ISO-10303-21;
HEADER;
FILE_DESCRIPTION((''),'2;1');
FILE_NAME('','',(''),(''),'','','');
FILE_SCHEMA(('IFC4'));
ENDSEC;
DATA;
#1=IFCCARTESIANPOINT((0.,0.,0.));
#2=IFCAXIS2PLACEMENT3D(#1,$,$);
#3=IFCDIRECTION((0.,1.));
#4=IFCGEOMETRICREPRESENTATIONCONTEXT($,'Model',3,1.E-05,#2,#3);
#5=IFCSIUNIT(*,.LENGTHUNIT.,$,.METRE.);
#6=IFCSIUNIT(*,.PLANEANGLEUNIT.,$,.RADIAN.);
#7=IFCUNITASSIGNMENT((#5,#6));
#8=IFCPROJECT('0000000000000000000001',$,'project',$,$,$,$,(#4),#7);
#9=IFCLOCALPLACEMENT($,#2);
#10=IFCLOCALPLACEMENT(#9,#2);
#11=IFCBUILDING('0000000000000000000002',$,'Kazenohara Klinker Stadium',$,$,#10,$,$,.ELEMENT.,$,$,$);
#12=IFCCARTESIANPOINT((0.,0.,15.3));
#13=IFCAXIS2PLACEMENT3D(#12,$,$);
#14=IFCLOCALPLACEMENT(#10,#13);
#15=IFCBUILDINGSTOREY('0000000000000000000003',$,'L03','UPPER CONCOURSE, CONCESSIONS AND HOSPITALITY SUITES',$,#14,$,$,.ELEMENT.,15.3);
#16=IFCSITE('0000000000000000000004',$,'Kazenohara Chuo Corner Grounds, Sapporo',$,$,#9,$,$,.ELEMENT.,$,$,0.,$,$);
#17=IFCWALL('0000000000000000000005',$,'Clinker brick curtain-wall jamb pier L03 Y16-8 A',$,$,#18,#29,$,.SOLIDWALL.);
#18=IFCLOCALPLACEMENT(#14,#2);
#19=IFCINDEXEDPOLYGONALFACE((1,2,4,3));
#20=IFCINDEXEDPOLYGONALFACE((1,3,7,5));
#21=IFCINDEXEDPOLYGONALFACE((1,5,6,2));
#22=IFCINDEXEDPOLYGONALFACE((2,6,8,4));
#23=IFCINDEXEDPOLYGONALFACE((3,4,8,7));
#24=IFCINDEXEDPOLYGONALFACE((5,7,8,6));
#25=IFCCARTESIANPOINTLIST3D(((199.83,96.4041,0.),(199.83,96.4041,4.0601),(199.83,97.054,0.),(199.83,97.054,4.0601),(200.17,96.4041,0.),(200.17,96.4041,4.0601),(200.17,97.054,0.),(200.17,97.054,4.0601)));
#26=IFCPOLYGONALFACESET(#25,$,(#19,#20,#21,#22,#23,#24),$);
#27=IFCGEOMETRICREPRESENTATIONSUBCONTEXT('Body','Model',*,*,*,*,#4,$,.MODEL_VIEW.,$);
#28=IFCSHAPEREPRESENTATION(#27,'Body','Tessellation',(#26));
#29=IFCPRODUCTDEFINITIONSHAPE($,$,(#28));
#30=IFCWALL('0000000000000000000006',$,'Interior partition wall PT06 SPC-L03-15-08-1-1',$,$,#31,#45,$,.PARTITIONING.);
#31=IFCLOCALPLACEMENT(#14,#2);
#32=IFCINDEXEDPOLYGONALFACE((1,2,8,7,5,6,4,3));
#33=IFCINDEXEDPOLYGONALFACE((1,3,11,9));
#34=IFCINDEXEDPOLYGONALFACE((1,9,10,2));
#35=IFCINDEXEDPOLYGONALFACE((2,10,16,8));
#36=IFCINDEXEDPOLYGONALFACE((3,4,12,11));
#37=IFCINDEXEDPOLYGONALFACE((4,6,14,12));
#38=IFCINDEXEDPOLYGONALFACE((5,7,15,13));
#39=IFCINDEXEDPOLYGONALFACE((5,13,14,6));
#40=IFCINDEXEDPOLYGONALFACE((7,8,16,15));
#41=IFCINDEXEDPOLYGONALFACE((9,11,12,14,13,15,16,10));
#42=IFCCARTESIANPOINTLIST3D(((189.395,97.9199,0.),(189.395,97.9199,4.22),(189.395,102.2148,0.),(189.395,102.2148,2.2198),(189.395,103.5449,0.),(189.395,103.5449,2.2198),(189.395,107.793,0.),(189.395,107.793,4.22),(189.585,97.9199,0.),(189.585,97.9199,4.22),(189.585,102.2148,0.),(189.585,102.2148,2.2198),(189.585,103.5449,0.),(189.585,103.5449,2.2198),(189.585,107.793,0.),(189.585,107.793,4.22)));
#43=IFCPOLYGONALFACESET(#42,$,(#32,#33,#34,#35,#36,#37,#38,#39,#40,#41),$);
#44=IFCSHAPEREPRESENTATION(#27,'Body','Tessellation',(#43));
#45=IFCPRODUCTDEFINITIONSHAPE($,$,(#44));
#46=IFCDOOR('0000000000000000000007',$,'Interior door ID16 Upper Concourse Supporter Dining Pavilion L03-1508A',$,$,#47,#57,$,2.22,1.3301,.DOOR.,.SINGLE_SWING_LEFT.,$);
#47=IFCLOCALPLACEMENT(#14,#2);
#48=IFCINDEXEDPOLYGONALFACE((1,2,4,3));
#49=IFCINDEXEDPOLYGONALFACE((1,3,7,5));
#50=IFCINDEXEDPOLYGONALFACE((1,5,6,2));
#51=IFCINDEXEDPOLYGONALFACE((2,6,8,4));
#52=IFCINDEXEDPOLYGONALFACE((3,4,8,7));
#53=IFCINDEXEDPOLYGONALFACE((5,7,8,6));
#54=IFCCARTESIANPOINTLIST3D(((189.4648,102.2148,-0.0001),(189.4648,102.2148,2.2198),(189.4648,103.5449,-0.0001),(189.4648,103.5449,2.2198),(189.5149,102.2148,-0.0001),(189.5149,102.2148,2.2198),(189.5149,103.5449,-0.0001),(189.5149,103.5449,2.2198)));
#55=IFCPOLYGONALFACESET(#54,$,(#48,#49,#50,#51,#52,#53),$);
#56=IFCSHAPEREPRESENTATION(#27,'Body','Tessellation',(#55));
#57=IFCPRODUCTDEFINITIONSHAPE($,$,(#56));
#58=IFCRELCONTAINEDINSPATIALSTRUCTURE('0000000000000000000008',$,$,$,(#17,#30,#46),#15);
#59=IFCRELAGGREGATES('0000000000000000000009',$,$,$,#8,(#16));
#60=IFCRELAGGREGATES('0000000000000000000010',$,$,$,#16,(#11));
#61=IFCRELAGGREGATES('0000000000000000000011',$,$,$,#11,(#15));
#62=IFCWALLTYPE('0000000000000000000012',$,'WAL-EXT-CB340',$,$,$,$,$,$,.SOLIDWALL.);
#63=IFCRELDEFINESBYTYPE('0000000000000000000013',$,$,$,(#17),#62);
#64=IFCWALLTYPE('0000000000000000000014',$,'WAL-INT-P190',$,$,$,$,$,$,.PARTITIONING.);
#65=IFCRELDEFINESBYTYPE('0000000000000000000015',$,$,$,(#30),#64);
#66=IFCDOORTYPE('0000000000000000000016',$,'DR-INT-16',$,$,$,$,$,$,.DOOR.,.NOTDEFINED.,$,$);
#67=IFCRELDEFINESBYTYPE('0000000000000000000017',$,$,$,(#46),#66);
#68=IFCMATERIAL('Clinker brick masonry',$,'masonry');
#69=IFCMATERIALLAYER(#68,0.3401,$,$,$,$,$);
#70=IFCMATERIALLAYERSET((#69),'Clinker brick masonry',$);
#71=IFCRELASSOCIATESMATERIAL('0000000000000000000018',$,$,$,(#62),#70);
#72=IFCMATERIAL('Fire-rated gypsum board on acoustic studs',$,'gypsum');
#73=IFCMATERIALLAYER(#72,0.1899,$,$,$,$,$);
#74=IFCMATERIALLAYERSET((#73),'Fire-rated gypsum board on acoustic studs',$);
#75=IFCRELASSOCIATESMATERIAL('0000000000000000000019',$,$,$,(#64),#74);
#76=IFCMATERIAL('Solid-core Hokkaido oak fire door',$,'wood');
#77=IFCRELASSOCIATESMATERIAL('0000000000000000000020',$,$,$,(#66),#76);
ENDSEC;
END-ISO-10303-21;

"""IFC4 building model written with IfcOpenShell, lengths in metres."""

from ifc_helpers import new_model, si_unit, direction, frame, frame_2d, origin, place, context, subcontext, project, spatial, rectangle, extrude, material, layer, layer_set, type_object, element, fill, save


model = new_model("IFC4")

# Units and contexts
model_context = context("Model", 3, precision=1e-05, world=origin(), true_north=direction((0.0, 1.0)))
body_context = subcontext(model_context, "Body", "Model", "MODEL_VIEW")
ifc_project = project(units=[si_unit("LENGTHUNIT", "METRE"), si_unit("PLANEANGLEUNIT", "RADIAN")], contexts=[model_context])

# Site, building, storey
site_placement = place(None, origin())
site = spatial("IfcSite", under=ifc_project, at=site_placement, Name="Kazenohara Chuo Corner Grounds, Sapporo", CompositionType="ELEMENT", RefElevation=0.0)
building_placement = place(site_placement, origin())
building = spatial("IfcBuilding", under=site, at=building_placement, Name="Kazenohara Klinker Stadium", CompositionType="ELEMENT")
storey_placement = place(building_placement, frame((0.0, 0.0, 15.3)))
storey = spatial("IfcBuildingStorey", under=building, at=storey_placement, Name="L03", Description="UPPER CONCOURSE, CONCESSIONS AND HOSPITALITY SUITES", CompositionType="ELEMENT", Elevation=15.3)

# Wall
ifc_material_1 = material(Name="Clinker brick masonry", Category="masonry")
ifc_layer_1 = layer(ifc_material_1, 0.3401)
ifc_layer_set_1 = layer_set([ifc_layer_1], Name="Clinker brick masonry")
wall_type_1 = type_object("IfcWallType", Name="WAL-EXT-CB340", PredefinedType="SOLIDWALL", material=ifc_layer_set_1)
wall_1_placement = place(storey_placement, frame((200.0, 96.4041, 0.0), z_axis=(0.0, 0.0, 1.0), x_axis=(0.0, 1.0, 0.0)))
element("IfcWall", 1, at=wall_1_placement, inside=storey, type_object=wall_type_1, Name="Clinker brick curtain-wall jamb pier L03 Y16-8 A", PredefinedType="SOLIDWALL", context=body_context, shape_type="SweptSolid", body=[
    extrude(rectangle(XDim=0.6499, YDim=0.3401, at=frame_2d((0.325, 0.0))), origin(), (0.0, 0.0, 1.0), 4.0601),
])

# Wall, opening, door
ifc_material_2 = material(Name="Fire-rated gypsum board on acoustic studs", Category="gypsum")
ifc_layer_2 = layer(ifc_material_2, 0.1899)
ifc_layer_set_2 = layer_set([ifc_layer_2], Name="Fire-rated gypsum board on acoustic studs")
wall_type_2 = type_object("IfcWallType", Name="WAL-INT-P190", PredefinedType="PARTITIONING", material=ifc_layer_set_2)
wall_2_placement = place(storey_placement, frame((189.49, 97.9199, 0.0), z_axis=(0.0, 0.0, 1.0), x_axis=(0.0, 1.0, 0.0)))
wall_2 = element("IfcWall", 2, at=wall_2_placement, inside=storey, type_object=wall_type_2, Name="Interior partition wall PT06 SPC-L03-15-08-1-1", PredefinedType="PARTITIONING", context=body_context, shape_type="SweptSolid", body=[
    extrude(rectangle(XDim=9.873, YDim=0.1899, at=frame_2d((4.9365, 0.0))), origin(), (0.0, 0.0, 1.0), 4.22),
])
opening_placement = place(wall_2_placement, frame((5.625, 0.0, 0.0), z_axis=(0.0, 0.0, 1.0), x_axis=(-1.0, 0.0, 0.0)))
opening = element("IfcOpeningElement", 3, at=opening_placement, cuts=wall_2, PredefinedType="OPENING", context=body_context, shape_type="SweptSolid", body=[
    extrude(rectangle(XDim=1.3301, YDim=2.22, at=frame_2d((0.665, 1.1099))), frame((0.0, 0.105, 0.0), z_axis=(0.0, -1.0, 0.0), x_axis=(1.0, 0.0, 0.0)), (0.0, 0.0, 1.0), 0.21),
])
ifc_material_3 = material(Name="Solid-core Hokkaido oak fire door", Category="wood")
door_type = type_object("IfcDoorType", Name="DR-INT-16", OperationType="NOTDEFINED", PredefinedType="DOOR", material=ifc_material_3)
door_placement = place(opening_placement, origin())
door = element("IfcDoor", 4, at=door_placement, inside=storey, type_object=door_type, Name="Interior door ID16 Upper Concourse Supporter Dining Pavilion L03-1508A", OperationType="SINGLE_SWING_LEFT", OverallHeight=2.22, OverallWidth=1.3301, PredefinedType="DOOR", context=body_context, shape_type="SweptSolid", body=[
    extrude(rectangle(XDim=1.3301, YDim=2.22, at=frame_2d((0.665, 1.1099))), frame((0.0, 0.0249, 0.0), z_axis=(0.0, -1.0, 0.0), x_axis=(1.0, 0.0, 0.0)), (0.0, 0.0, 1.0), 0.05),
])
fill(opening, door)

save(model, "model.ifc")
